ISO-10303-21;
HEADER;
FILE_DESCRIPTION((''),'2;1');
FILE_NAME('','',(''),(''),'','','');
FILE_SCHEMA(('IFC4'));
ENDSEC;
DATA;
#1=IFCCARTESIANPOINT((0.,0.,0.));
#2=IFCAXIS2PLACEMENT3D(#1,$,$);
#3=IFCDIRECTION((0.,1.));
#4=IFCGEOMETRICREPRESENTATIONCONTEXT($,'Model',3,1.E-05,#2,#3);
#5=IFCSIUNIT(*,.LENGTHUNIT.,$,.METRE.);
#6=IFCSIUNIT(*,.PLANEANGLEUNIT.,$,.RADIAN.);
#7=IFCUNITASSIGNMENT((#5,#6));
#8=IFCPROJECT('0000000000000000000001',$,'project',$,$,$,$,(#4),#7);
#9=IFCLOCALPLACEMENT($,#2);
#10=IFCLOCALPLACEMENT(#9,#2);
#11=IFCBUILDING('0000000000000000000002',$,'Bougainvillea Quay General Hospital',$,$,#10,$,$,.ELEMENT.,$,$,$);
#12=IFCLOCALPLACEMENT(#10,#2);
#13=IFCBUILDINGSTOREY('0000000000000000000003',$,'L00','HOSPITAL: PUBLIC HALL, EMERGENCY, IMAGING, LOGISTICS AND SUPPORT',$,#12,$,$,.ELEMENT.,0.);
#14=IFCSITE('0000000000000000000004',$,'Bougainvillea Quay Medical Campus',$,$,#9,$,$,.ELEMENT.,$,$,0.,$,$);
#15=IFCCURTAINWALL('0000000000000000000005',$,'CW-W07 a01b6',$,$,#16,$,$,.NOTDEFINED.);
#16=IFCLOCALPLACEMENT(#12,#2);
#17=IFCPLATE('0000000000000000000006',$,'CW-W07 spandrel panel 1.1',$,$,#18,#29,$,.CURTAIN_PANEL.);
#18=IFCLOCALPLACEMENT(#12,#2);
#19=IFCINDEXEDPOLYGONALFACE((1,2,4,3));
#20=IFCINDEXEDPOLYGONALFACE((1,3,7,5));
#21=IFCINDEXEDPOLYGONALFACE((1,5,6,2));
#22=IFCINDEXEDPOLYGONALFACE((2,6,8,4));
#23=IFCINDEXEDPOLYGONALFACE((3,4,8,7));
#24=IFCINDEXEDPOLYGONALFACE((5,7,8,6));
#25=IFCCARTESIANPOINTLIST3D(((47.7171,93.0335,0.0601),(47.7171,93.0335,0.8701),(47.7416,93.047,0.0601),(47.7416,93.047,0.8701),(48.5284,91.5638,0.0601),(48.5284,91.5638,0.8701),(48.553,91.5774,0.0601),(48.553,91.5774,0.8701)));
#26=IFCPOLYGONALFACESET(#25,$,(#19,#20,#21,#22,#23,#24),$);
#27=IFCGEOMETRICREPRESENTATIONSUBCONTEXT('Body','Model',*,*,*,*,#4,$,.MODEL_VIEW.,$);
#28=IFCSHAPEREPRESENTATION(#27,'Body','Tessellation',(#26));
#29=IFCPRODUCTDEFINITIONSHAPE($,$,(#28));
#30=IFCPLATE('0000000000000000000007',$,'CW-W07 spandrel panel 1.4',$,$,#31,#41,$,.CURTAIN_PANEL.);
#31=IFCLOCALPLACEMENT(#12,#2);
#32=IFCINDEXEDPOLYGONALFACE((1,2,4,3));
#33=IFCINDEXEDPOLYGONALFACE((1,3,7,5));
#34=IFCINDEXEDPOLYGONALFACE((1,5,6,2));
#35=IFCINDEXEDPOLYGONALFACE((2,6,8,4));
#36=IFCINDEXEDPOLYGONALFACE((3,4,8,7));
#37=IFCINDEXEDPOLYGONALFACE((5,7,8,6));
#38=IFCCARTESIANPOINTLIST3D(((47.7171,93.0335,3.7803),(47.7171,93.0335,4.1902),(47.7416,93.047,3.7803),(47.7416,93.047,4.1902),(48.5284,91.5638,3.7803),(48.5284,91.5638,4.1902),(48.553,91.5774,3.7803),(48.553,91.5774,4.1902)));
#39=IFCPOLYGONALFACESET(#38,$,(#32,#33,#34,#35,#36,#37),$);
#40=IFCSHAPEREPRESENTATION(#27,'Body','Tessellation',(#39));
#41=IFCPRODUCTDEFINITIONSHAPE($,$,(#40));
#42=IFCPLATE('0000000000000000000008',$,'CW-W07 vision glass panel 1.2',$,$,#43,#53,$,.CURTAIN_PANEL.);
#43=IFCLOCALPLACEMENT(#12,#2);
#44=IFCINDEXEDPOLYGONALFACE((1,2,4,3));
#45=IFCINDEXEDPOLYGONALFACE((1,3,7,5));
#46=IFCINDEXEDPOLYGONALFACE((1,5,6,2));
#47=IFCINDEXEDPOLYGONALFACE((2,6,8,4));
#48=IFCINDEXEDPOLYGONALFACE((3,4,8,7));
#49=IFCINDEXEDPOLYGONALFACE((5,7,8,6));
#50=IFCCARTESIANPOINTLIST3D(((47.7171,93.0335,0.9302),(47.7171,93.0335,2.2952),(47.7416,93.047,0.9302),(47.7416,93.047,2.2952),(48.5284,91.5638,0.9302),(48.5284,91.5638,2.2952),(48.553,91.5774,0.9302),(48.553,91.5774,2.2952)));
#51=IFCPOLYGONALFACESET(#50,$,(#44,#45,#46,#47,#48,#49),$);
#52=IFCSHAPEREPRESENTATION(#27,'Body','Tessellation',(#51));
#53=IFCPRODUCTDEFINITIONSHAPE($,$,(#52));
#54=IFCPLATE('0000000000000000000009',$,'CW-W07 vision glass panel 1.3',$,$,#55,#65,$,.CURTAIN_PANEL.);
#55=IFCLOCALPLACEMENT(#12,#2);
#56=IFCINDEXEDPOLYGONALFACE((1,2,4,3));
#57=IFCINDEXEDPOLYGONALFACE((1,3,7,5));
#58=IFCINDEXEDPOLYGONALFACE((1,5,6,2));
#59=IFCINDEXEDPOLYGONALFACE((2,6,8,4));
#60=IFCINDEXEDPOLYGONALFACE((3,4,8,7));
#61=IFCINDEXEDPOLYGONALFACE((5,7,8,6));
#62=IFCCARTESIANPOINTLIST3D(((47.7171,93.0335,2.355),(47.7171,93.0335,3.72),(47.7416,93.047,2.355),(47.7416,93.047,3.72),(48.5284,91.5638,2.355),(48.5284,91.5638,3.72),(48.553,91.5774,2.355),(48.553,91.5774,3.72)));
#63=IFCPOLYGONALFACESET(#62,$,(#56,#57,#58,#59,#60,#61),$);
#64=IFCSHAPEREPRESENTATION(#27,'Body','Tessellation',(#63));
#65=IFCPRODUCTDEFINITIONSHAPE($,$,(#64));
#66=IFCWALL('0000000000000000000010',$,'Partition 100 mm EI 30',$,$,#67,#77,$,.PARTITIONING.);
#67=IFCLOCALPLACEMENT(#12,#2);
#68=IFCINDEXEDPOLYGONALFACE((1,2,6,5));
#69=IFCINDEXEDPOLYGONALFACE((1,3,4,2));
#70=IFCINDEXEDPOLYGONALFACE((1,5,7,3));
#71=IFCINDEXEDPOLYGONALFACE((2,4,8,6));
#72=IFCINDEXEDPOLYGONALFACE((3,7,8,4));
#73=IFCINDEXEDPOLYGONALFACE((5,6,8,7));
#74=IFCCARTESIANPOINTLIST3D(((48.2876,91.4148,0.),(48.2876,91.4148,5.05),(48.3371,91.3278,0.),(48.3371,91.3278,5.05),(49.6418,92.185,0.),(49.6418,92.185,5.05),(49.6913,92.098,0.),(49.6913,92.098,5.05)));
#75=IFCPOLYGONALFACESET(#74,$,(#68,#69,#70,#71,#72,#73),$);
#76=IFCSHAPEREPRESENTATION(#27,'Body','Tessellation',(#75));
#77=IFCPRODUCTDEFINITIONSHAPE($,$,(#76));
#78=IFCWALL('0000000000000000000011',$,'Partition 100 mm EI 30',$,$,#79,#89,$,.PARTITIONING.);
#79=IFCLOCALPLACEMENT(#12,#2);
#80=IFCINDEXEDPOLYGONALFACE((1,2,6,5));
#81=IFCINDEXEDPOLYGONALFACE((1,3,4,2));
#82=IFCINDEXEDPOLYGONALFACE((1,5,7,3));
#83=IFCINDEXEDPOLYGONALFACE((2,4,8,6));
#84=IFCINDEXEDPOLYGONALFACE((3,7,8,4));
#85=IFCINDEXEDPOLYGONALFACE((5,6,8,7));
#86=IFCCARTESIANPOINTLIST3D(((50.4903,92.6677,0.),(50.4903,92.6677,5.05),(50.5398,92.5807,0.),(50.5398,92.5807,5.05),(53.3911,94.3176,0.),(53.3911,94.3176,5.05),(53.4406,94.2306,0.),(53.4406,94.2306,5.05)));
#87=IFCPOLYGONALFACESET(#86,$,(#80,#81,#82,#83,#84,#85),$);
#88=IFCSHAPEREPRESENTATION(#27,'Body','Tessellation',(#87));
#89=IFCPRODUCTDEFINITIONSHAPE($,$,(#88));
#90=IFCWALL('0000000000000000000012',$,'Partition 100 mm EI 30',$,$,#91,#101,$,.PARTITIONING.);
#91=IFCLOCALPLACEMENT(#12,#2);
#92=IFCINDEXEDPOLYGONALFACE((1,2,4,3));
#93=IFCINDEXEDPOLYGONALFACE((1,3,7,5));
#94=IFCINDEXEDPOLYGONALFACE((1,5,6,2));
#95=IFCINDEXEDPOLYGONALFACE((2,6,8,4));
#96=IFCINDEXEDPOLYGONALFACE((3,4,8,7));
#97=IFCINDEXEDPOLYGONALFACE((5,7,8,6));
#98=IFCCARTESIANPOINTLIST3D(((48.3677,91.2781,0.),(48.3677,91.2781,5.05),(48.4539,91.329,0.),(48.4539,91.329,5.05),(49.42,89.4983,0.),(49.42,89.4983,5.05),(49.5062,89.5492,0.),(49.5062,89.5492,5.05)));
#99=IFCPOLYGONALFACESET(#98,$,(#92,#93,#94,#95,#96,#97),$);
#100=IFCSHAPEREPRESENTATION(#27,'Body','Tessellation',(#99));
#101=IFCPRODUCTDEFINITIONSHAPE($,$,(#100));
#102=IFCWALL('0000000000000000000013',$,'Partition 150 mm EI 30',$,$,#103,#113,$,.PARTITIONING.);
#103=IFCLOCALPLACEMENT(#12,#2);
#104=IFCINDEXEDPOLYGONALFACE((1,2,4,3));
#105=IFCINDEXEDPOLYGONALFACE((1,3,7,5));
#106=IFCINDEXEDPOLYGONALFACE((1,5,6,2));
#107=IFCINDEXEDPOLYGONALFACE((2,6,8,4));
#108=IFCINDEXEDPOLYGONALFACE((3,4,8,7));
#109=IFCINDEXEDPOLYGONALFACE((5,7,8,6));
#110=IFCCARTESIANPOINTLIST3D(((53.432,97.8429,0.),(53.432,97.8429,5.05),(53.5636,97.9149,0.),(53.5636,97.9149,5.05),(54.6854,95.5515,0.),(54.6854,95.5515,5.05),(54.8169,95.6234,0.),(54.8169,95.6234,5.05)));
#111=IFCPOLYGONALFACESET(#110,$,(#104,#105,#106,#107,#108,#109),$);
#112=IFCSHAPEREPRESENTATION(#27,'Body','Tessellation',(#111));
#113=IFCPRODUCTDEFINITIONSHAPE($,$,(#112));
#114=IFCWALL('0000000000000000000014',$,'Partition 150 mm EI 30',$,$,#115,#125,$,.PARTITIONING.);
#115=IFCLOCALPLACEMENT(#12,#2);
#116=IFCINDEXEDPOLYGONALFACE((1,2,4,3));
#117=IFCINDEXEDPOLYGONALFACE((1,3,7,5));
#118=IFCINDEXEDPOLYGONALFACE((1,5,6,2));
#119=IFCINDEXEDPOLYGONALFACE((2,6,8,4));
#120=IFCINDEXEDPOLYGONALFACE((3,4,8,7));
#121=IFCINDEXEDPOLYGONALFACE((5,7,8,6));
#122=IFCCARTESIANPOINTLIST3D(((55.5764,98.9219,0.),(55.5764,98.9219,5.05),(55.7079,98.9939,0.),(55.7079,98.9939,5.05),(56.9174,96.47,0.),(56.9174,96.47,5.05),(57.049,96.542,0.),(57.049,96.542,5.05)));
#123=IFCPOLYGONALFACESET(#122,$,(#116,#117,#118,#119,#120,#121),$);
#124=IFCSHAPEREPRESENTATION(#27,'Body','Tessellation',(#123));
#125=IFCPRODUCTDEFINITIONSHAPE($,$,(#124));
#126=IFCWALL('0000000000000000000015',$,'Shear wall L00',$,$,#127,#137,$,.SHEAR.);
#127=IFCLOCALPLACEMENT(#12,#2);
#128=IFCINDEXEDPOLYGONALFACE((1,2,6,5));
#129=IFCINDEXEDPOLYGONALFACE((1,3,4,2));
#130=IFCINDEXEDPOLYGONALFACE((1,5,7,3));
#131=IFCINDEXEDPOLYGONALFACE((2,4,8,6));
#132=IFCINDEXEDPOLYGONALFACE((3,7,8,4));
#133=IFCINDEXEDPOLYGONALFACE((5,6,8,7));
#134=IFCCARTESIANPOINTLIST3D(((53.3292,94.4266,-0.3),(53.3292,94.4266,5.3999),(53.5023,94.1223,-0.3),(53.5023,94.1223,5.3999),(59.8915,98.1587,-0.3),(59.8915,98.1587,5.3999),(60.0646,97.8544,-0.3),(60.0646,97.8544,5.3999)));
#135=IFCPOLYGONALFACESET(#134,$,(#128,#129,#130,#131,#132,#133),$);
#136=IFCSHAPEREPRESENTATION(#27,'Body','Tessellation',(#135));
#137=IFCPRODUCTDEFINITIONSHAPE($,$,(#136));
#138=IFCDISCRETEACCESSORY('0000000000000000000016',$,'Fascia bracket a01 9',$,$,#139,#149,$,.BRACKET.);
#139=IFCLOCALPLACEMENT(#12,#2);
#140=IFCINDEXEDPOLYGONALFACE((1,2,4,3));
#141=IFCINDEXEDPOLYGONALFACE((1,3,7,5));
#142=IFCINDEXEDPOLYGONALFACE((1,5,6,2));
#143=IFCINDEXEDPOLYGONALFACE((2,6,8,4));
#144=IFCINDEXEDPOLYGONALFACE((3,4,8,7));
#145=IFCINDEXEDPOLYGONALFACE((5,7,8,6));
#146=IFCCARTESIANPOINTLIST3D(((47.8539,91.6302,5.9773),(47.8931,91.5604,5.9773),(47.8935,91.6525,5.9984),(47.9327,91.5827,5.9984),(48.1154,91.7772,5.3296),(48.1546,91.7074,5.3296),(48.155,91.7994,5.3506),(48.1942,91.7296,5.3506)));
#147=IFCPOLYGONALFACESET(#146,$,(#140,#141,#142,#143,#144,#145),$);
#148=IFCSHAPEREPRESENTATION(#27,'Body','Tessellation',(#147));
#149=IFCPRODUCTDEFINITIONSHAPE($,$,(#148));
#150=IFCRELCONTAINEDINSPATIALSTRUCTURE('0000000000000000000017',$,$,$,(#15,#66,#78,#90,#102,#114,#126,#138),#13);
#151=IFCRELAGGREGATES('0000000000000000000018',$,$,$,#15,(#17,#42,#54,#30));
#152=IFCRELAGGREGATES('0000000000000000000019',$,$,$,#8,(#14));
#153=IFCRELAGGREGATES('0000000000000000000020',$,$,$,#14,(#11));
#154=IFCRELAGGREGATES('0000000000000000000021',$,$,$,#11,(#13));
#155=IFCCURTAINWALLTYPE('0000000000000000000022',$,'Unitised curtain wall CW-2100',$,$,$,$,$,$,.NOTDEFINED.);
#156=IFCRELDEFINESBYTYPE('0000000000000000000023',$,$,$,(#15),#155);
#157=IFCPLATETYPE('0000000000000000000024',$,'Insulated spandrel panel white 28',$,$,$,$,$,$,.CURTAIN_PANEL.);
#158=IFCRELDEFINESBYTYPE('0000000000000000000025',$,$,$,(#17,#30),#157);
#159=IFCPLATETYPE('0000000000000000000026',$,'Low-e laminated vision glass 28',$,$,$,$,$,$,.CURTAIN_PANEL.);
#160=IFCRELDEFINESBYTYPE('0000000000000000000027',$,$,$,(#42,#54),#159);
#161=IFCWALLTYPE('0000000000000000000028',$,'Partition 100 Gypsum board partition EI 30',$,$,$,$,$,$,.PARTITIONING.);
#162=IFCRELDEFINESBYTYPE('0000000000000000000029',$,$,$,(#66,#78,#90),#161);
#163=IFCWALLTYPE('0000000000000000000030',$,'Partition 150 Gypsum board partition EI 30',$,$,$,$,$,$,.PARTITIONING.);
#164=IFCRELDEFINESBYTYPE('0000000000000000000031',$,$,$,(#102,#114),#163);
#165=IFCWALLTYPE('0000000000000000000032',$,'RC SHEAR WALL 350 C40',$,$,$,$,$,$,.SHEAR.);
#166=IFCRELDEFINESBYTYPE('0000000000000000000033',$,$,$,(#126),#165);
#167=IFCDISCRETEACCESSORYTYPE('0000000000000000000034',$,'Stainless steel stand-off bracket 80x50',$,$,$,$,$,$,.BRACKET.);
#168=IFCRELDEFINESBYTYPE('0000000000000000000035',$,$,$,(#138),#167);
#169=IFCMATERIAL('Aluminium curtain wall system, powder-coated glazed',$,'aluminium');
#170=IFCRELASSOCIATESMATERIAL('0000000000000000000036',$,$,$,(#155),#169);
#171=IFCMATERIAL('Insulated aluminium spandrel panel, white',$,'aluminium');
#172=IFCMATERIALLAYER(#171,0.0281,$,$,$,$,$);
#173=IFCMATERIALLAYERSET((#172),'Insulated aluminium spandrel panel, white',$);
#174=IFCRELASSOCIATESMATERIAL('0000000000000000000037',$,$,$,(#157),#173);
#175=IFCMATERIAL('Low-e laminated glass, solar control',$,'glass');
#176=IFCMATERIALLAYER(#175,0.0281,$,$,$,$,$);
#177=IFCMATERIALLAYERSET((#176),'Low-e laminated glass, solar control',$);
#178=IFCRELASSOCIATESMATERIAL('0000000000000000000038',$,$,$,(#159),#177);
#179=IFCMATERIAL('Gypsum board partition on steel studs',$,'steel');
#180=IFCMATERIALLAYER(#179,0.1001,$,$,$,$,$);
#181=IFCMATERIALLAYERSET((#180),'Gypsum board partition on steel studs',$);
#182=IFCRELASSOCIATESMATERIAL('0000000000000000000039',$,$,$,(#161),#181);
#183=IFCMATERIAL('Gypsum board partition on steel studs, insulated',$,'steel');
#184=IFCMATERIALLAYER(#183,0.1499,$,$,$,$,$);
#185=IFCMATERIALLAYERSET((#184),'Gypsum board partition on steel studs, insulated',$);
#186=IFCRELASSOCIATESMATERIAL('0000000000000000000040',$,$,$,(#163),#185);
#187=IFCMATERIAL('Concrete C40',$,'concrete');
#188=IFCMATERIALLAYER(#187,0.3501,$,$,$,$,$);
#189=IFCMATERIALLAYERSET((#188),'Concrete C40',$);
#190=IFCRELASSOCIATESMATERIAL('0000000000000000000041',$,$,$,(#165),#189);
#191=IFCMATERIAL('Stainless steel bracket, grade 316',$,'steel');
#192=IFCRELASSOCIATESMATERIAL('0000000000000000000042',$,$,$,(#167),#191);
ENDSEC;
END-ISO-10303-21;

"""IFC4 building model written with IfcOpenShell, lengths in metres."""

from ifc_helpers import new_model, si_unit, direction, frame, frame_2d, origin, origin_2d, place, context, subcontext, project, spatial, rectangle, extrude, material, layer, layer_set, material_profile, profile_set, type_object, element, aggregate, save


model = new_model("IFC4")

# Units and contexts
model_context = context("Model", 3, precision=1e-05, world=origin(), true_north=direction((0.0, 1.0)))
body_context = subcontext(model_context, "Body", "Model", "MODEL_VIEW")
ifc_project = project(units=[si_unit("LENGTHUNIT", "METRE"), si_unit("PLANEANGLEUNIT", "RADIAN")], contexts=[model_context])

# Site, building, storey
site_placement = place(None, origin())
site = spatial("IfcSite", under=ifc_project, at=site_placement, Name="Bougainvillea Quay Medical Campus", CompositionType="ELEMENT", RefElevation=0.0)
building_placement = place(site_placement, origin())
building = spatial("IfcBuilding", under=site, at=building_placement, Name="Bougainvillea Quay General Hospital", CompositionType="ELEMENT")
storey_placement = place(building_placement, origin())
storey = spatial("IfcBuildingStorey", under=building, at=storey_placement, Name="L00", Description="HOSPITAL: PUBLIC HALL, EMERGENCY, IMAGING, LOGISTICS AND SUPPORT", CompositionType="ELEMENT", Elevation=0.0)

# Shared definitions
ifc_material_1 = material(Name="Concrete C40", Category="concrete")

# Curtain wall, plates
ifc_material_2 = material(Name="Aluminium curtain wall system, powder-coated glazed", Category="aluminium")
curtain_wall_type = type_object("IfcCurtainWallType", Name="Unitised curtain wall CW-2100", PredefinedType="NOTDEFINED", material=ifc_material_2)
curtain_wall_placement = place(storey_placement, origin())
curtain_wall = element("IfcCurtainWall", 1, at=curtain_wall_placement, inside=storey, type_object=curtain_wall_type, Name="CW-W07 a01b6", PredefinedType="NOTDEFINED")
ifc_material_3 = material(Name="Insulated aluminium spandrel panel, white", Category="aluminium")
ifc_layer_1 = layer(ifc_material_3, 0.0281)
ifc_layer_set_1 = layer_set([ifc_layer_1], Name="Insulated aluminium spandrel panel, white")
plate_type_1 = type_object("IfcPlateType", Name="Insulated spandrel panel white 28", PredefinedType="CURTAIN_PANEL", material=ifc_layer_set_1)
plate_1_placement = place(storey_placement, frame((48.135, 92.3054, 0.0601), z_axis=(0.0, 0.0, 1.0), x_axis=(-0.483305, 0.875452, 0.0)))
plate_1 = element("IfcPlate", 2, at=plate_1_placement, type_object=plate_type_1, Name="CW-W07 spandrel panel 1.1", PredefinedType="CURTAIN_PANEL", context=body_context, shape_type="SweptSolid", body=[
    extrude(rectangle(XDim=1.6787, YDim=0.0281, at=origin_2d()), origin(), (0.0, 0.0, 1.0), 0.8101),
])
plate_2_placement = place(storey_placement, frame((48.135, 92.3054, 3.7803), z_axis=(0.0, 0.0, 1.0), x_axis=(-0.483305, 0.875452, 0.0)))
plate_2 = element("IfcPlate", 3, at=plate_2_placement, type_object=plate_type_1, Name="CW-W07 spandrel panel 1.4", PredefinedType="CURTAIN_PANEL", context=body_context, shape_type="SweptSolid", body=[
    extrude(rectangle(XDim=1.6787, YDim=0.0281, at=origin_2d()), origin(), (0.0, 0.0, 1.0), 0.4099),
])
ifc_material_4 = material(Name="Low-e laminated glass, solar control", Category="glass")
ifc_layer_2 = layer(ifc_material_4, 0.0281)
ifc_layer_set_2 = layer_set([ifc_layer_2], Name="Low-e laminated glass, solar control")
plate_type_2 = type_object("IfcPlateType", Name="Low-e laminated vision glass 28", PredefinedType="CURTAIN_PANEL", material=ifc_layer_set_2)
plate_3_placement = place(storey_placement, frame((48.135, 92.3054, 0.9302), z_axis=(0.0, 0.0, 1.0), x_axis=(-0.483305, 0.875452, 0.0)))
plate_3 = element("IfcPlate", 4, at=plate_3_placement, type_object=plate_type_2, Name="CW-W07 vision glass panel 1.2", PredefinedType="CURTAIN_PANEL", context=body_context, shape_type="SweptSolid", body=[
    extrude(rectangle(XDim=1.6787, YDim=0.0281, at=origin_2d()), origin(), (0.0, 0.0, 1.0), 1.365),
])
plate_4_placement = place(storey_placement, frame((48.135, 92.3054, 2.355), z_axis=(0.0, 0.0, 1.0), x_axis=(-0.483305, 0.875452, 0.0)))
plate_4 = element("IfcPlate", 5, at=plate_4_placement, type_object=plate_type_2, Name="CW-W07 vision glass panel 1.3", PredefinedType="CURTAIN_PANEL", context=body_context, shape_type="SweptSolid", body=[
    extrude(rectangle(XDim=1.6787, YDim=0.0281, at=origin_2d()), origin(), (0.0, 0.0, 1.0), 1.365),
])
aggregate(curtain_wall, [plate_1, plate_3, plate_4, plate_2])

# Walls
ifc_material_5 = material(Name="Gypsum board partition on steel studs", Category="steel")
ifc_layer_3 = layer(ifc_material_5, 0.1001)
ifc_layer_set_3 = layer_set([ifc_layer_3], Name="Gypsum board partition on steel studs")
wall_type_1 = type_object("IfcWallType", Name="Partition 100 Gypsum board partition EI 30", PredefinedType="PARTITIONING", material=ifc_layer_set_3)
wall_1_placement = place(storey_placement, frame((48.3125, 91.3713, 0.0), z_axis=(0.0, 0.0, 1.0), x_axis=(0.869235, 0.4944, 0.0)))
element("IfcWall", 6, at=wall_1_placement, inside=storey, type_object=wall_type_1, Name="Partition 100 mm EI 30", PredefinedType="PARTITIONING", context=body_context, shape_type="SweptSolid", body=[
    extrude(rectangle(XDim=1.5579, YDim=0.1001, at=frame_2d((0.7788, 0.0))), origin(), (0.0, 0.0, 1.0), 5.05),
])
wall_2_placement = place(storey_placement, frame((50.5151, 92.6243, 0.0), z_axis=(0.0, 0.0, 1.0), x_axis=(0.869241, 0.494389, 0.0)))
element("IfcWall", 7, at=wall_2_placement, inside=storey, type_object=wall_type_1, Name="Partition 100 mm EI 30", PredefinedType="PARTITIONING", context=body_context, shape_type="SweptSolid", body=[
    extrude(rectangle(XDim=3.3372, YDim=0.1001, at=frame_2d((1.6685, 0.0))), origin(), (0.0, 0.0, 1.0), 5.05),
])
wall_3_placement = place(storey_placement, frame((48.4109, 91.3035, 0.0), z_axis=(0.0, 0.0, 1.0), x_axis=(0.508928, -0.860809, 0.0)))
element("IfcWall", 8, at=wall_3_placement, inside=storey, type_object=wall_type_1, Name="Partition 100 mm EI 30", PredefinedType="PARTITIONING", context=body_context, shape_type="SweptSolid", body=[
    extrude(rectangle(XDim=2.0676, YDim=0.1001, at=frame_2d((1.0337, 0.0))), origin(), (0.0, 0.0, 1.0), 5.05),
])
ifc_material_6 = material(Name="Gypsum board partition on steel studs, insulated", Category="steel")
ifc_layer_4 = layer(ifc_material_6, 0.1499)
ifc_layer_set_4 = layer_set([ifc_layer_4], Name="Gypsum board partition on steel studs, insulated")
wall_type_2 = type_object("IfcWallType", Name="Partition 150 Gypsum board partition EI 30", PredefinedType="PARTITIONING", material=ifc_layer_set_4)
wall_4_placement = place(storey_placement, frame((53.4978, 97.8789, 0.0), z_axis=(0.0, 0.0, 1.0), x_axis=(0.479887, -0.877331, 0.0)))
element("IfcWall", 9, at=wall_4_placement, inside=storey, type_object=wall_type_2, Name="Partition 150 mm EI 30", PredefinedType="PARTITIONING", context=body_context, shape_type="SweptSolid", body=[
    extrude(rectangle(XDim=2.6118, YDim=0.1499, at=frame_2d((1.3059, 0.0))), origin(), (0.0, 0.0, 1.0), 5.05),
])
wall_5_placement = place(storey_placement, frame((55.6421, 98.958, 0.0), z_axis=(0.0, 0.0, 1.0), x_axis=(0.479862, -0.877344, 0.0)))
element("IfcWall", 10, at=wall_5_placement, inside=storey, type_object=wall_type_2, Name="Partition 150 mm EI 30", PredefinedType="PARTITIONING", context=body_context, shape_type="SweptSolid", body=[
    extrude(rectangle(XDim=2.7947, YDim=0.1499, at=frame_2d((1.3975, 0.0))), origin(), (0.0, 0.0, 1.0), 5.05),
])
ifc_layer_5 = layer(ifc_material_1, 0.3501)
ifc_layer_set_5 = layer_set([ifc_layer_5], Name="Concrete C40")
wall_type_3 = type_object("IfcWallType", Name="RC SHEAR WALL 350 C40", PredefinedType="SHEAR", material=ifc_layer_set_5)
wall_6_placement = place(storey_placement, frame((53.4158, 94.2744, -0.3), z_axis=(0.0, 0.0, 1.0), x_axis=(0.86925, 0.494372, 0.0)))
element("IfcWall", 11, at=wall_6_placement, inside=storey, type_object=wall_type_3, Name="Shear wall L00", PredefinedType="SHEAR", context=body_context, shape_type="SweptSolid", body=[
    extrude(rectangle(XDim=7.5493, YDim=0.3501, at=frame_2d((3.7747, 0.0))), origin(), (0.0, 0.0, 1.0), 5.7),
])

# Discrete accessory
ifc_material_7 = material(Name="Stainless steel bracket, grade 316", Category="steel")
ifc_material_profile_1 = material_profile(ifc_material_7, rectangle(XDim=0.0801, YDim=0.05, at=origin_2d()))
ifc_profile_set_1 = profile_set([ifc_material_profile_1], Name="Stainless steel bracket, grade 316")
discrete_accessory_type = type_object("IfcDiscreteAccessoryType", Name="Stainless steel stand-off bracket 80x50", PredefinedType="BRACKET", material=ifc_profile_set_1)
discrete_accessory_placement = place(storey_placement, frame((48.1548, 91.7534, 5.3401), z_axis=(-0.36632, -0.205905, 0.907421), x_axis=(0.489991, -0.871728, 0.0)))
element("IfcDiscreteAccessory", 12, at=discrete_accessory_placement, inside=storey, type_object=discrete_accessory_type, Name="Fascia bracket a01 9", PredefinedType="BRACKET", context=body_context, shape_type="SweptSolid", body=[
    extrude(rectangle(XDim=0.0801, YDim=0.05, at=origin_2d()), origin(), (0.0, 0.0, 1.0), 0.7139),
])

save(model, "model.ifc")
